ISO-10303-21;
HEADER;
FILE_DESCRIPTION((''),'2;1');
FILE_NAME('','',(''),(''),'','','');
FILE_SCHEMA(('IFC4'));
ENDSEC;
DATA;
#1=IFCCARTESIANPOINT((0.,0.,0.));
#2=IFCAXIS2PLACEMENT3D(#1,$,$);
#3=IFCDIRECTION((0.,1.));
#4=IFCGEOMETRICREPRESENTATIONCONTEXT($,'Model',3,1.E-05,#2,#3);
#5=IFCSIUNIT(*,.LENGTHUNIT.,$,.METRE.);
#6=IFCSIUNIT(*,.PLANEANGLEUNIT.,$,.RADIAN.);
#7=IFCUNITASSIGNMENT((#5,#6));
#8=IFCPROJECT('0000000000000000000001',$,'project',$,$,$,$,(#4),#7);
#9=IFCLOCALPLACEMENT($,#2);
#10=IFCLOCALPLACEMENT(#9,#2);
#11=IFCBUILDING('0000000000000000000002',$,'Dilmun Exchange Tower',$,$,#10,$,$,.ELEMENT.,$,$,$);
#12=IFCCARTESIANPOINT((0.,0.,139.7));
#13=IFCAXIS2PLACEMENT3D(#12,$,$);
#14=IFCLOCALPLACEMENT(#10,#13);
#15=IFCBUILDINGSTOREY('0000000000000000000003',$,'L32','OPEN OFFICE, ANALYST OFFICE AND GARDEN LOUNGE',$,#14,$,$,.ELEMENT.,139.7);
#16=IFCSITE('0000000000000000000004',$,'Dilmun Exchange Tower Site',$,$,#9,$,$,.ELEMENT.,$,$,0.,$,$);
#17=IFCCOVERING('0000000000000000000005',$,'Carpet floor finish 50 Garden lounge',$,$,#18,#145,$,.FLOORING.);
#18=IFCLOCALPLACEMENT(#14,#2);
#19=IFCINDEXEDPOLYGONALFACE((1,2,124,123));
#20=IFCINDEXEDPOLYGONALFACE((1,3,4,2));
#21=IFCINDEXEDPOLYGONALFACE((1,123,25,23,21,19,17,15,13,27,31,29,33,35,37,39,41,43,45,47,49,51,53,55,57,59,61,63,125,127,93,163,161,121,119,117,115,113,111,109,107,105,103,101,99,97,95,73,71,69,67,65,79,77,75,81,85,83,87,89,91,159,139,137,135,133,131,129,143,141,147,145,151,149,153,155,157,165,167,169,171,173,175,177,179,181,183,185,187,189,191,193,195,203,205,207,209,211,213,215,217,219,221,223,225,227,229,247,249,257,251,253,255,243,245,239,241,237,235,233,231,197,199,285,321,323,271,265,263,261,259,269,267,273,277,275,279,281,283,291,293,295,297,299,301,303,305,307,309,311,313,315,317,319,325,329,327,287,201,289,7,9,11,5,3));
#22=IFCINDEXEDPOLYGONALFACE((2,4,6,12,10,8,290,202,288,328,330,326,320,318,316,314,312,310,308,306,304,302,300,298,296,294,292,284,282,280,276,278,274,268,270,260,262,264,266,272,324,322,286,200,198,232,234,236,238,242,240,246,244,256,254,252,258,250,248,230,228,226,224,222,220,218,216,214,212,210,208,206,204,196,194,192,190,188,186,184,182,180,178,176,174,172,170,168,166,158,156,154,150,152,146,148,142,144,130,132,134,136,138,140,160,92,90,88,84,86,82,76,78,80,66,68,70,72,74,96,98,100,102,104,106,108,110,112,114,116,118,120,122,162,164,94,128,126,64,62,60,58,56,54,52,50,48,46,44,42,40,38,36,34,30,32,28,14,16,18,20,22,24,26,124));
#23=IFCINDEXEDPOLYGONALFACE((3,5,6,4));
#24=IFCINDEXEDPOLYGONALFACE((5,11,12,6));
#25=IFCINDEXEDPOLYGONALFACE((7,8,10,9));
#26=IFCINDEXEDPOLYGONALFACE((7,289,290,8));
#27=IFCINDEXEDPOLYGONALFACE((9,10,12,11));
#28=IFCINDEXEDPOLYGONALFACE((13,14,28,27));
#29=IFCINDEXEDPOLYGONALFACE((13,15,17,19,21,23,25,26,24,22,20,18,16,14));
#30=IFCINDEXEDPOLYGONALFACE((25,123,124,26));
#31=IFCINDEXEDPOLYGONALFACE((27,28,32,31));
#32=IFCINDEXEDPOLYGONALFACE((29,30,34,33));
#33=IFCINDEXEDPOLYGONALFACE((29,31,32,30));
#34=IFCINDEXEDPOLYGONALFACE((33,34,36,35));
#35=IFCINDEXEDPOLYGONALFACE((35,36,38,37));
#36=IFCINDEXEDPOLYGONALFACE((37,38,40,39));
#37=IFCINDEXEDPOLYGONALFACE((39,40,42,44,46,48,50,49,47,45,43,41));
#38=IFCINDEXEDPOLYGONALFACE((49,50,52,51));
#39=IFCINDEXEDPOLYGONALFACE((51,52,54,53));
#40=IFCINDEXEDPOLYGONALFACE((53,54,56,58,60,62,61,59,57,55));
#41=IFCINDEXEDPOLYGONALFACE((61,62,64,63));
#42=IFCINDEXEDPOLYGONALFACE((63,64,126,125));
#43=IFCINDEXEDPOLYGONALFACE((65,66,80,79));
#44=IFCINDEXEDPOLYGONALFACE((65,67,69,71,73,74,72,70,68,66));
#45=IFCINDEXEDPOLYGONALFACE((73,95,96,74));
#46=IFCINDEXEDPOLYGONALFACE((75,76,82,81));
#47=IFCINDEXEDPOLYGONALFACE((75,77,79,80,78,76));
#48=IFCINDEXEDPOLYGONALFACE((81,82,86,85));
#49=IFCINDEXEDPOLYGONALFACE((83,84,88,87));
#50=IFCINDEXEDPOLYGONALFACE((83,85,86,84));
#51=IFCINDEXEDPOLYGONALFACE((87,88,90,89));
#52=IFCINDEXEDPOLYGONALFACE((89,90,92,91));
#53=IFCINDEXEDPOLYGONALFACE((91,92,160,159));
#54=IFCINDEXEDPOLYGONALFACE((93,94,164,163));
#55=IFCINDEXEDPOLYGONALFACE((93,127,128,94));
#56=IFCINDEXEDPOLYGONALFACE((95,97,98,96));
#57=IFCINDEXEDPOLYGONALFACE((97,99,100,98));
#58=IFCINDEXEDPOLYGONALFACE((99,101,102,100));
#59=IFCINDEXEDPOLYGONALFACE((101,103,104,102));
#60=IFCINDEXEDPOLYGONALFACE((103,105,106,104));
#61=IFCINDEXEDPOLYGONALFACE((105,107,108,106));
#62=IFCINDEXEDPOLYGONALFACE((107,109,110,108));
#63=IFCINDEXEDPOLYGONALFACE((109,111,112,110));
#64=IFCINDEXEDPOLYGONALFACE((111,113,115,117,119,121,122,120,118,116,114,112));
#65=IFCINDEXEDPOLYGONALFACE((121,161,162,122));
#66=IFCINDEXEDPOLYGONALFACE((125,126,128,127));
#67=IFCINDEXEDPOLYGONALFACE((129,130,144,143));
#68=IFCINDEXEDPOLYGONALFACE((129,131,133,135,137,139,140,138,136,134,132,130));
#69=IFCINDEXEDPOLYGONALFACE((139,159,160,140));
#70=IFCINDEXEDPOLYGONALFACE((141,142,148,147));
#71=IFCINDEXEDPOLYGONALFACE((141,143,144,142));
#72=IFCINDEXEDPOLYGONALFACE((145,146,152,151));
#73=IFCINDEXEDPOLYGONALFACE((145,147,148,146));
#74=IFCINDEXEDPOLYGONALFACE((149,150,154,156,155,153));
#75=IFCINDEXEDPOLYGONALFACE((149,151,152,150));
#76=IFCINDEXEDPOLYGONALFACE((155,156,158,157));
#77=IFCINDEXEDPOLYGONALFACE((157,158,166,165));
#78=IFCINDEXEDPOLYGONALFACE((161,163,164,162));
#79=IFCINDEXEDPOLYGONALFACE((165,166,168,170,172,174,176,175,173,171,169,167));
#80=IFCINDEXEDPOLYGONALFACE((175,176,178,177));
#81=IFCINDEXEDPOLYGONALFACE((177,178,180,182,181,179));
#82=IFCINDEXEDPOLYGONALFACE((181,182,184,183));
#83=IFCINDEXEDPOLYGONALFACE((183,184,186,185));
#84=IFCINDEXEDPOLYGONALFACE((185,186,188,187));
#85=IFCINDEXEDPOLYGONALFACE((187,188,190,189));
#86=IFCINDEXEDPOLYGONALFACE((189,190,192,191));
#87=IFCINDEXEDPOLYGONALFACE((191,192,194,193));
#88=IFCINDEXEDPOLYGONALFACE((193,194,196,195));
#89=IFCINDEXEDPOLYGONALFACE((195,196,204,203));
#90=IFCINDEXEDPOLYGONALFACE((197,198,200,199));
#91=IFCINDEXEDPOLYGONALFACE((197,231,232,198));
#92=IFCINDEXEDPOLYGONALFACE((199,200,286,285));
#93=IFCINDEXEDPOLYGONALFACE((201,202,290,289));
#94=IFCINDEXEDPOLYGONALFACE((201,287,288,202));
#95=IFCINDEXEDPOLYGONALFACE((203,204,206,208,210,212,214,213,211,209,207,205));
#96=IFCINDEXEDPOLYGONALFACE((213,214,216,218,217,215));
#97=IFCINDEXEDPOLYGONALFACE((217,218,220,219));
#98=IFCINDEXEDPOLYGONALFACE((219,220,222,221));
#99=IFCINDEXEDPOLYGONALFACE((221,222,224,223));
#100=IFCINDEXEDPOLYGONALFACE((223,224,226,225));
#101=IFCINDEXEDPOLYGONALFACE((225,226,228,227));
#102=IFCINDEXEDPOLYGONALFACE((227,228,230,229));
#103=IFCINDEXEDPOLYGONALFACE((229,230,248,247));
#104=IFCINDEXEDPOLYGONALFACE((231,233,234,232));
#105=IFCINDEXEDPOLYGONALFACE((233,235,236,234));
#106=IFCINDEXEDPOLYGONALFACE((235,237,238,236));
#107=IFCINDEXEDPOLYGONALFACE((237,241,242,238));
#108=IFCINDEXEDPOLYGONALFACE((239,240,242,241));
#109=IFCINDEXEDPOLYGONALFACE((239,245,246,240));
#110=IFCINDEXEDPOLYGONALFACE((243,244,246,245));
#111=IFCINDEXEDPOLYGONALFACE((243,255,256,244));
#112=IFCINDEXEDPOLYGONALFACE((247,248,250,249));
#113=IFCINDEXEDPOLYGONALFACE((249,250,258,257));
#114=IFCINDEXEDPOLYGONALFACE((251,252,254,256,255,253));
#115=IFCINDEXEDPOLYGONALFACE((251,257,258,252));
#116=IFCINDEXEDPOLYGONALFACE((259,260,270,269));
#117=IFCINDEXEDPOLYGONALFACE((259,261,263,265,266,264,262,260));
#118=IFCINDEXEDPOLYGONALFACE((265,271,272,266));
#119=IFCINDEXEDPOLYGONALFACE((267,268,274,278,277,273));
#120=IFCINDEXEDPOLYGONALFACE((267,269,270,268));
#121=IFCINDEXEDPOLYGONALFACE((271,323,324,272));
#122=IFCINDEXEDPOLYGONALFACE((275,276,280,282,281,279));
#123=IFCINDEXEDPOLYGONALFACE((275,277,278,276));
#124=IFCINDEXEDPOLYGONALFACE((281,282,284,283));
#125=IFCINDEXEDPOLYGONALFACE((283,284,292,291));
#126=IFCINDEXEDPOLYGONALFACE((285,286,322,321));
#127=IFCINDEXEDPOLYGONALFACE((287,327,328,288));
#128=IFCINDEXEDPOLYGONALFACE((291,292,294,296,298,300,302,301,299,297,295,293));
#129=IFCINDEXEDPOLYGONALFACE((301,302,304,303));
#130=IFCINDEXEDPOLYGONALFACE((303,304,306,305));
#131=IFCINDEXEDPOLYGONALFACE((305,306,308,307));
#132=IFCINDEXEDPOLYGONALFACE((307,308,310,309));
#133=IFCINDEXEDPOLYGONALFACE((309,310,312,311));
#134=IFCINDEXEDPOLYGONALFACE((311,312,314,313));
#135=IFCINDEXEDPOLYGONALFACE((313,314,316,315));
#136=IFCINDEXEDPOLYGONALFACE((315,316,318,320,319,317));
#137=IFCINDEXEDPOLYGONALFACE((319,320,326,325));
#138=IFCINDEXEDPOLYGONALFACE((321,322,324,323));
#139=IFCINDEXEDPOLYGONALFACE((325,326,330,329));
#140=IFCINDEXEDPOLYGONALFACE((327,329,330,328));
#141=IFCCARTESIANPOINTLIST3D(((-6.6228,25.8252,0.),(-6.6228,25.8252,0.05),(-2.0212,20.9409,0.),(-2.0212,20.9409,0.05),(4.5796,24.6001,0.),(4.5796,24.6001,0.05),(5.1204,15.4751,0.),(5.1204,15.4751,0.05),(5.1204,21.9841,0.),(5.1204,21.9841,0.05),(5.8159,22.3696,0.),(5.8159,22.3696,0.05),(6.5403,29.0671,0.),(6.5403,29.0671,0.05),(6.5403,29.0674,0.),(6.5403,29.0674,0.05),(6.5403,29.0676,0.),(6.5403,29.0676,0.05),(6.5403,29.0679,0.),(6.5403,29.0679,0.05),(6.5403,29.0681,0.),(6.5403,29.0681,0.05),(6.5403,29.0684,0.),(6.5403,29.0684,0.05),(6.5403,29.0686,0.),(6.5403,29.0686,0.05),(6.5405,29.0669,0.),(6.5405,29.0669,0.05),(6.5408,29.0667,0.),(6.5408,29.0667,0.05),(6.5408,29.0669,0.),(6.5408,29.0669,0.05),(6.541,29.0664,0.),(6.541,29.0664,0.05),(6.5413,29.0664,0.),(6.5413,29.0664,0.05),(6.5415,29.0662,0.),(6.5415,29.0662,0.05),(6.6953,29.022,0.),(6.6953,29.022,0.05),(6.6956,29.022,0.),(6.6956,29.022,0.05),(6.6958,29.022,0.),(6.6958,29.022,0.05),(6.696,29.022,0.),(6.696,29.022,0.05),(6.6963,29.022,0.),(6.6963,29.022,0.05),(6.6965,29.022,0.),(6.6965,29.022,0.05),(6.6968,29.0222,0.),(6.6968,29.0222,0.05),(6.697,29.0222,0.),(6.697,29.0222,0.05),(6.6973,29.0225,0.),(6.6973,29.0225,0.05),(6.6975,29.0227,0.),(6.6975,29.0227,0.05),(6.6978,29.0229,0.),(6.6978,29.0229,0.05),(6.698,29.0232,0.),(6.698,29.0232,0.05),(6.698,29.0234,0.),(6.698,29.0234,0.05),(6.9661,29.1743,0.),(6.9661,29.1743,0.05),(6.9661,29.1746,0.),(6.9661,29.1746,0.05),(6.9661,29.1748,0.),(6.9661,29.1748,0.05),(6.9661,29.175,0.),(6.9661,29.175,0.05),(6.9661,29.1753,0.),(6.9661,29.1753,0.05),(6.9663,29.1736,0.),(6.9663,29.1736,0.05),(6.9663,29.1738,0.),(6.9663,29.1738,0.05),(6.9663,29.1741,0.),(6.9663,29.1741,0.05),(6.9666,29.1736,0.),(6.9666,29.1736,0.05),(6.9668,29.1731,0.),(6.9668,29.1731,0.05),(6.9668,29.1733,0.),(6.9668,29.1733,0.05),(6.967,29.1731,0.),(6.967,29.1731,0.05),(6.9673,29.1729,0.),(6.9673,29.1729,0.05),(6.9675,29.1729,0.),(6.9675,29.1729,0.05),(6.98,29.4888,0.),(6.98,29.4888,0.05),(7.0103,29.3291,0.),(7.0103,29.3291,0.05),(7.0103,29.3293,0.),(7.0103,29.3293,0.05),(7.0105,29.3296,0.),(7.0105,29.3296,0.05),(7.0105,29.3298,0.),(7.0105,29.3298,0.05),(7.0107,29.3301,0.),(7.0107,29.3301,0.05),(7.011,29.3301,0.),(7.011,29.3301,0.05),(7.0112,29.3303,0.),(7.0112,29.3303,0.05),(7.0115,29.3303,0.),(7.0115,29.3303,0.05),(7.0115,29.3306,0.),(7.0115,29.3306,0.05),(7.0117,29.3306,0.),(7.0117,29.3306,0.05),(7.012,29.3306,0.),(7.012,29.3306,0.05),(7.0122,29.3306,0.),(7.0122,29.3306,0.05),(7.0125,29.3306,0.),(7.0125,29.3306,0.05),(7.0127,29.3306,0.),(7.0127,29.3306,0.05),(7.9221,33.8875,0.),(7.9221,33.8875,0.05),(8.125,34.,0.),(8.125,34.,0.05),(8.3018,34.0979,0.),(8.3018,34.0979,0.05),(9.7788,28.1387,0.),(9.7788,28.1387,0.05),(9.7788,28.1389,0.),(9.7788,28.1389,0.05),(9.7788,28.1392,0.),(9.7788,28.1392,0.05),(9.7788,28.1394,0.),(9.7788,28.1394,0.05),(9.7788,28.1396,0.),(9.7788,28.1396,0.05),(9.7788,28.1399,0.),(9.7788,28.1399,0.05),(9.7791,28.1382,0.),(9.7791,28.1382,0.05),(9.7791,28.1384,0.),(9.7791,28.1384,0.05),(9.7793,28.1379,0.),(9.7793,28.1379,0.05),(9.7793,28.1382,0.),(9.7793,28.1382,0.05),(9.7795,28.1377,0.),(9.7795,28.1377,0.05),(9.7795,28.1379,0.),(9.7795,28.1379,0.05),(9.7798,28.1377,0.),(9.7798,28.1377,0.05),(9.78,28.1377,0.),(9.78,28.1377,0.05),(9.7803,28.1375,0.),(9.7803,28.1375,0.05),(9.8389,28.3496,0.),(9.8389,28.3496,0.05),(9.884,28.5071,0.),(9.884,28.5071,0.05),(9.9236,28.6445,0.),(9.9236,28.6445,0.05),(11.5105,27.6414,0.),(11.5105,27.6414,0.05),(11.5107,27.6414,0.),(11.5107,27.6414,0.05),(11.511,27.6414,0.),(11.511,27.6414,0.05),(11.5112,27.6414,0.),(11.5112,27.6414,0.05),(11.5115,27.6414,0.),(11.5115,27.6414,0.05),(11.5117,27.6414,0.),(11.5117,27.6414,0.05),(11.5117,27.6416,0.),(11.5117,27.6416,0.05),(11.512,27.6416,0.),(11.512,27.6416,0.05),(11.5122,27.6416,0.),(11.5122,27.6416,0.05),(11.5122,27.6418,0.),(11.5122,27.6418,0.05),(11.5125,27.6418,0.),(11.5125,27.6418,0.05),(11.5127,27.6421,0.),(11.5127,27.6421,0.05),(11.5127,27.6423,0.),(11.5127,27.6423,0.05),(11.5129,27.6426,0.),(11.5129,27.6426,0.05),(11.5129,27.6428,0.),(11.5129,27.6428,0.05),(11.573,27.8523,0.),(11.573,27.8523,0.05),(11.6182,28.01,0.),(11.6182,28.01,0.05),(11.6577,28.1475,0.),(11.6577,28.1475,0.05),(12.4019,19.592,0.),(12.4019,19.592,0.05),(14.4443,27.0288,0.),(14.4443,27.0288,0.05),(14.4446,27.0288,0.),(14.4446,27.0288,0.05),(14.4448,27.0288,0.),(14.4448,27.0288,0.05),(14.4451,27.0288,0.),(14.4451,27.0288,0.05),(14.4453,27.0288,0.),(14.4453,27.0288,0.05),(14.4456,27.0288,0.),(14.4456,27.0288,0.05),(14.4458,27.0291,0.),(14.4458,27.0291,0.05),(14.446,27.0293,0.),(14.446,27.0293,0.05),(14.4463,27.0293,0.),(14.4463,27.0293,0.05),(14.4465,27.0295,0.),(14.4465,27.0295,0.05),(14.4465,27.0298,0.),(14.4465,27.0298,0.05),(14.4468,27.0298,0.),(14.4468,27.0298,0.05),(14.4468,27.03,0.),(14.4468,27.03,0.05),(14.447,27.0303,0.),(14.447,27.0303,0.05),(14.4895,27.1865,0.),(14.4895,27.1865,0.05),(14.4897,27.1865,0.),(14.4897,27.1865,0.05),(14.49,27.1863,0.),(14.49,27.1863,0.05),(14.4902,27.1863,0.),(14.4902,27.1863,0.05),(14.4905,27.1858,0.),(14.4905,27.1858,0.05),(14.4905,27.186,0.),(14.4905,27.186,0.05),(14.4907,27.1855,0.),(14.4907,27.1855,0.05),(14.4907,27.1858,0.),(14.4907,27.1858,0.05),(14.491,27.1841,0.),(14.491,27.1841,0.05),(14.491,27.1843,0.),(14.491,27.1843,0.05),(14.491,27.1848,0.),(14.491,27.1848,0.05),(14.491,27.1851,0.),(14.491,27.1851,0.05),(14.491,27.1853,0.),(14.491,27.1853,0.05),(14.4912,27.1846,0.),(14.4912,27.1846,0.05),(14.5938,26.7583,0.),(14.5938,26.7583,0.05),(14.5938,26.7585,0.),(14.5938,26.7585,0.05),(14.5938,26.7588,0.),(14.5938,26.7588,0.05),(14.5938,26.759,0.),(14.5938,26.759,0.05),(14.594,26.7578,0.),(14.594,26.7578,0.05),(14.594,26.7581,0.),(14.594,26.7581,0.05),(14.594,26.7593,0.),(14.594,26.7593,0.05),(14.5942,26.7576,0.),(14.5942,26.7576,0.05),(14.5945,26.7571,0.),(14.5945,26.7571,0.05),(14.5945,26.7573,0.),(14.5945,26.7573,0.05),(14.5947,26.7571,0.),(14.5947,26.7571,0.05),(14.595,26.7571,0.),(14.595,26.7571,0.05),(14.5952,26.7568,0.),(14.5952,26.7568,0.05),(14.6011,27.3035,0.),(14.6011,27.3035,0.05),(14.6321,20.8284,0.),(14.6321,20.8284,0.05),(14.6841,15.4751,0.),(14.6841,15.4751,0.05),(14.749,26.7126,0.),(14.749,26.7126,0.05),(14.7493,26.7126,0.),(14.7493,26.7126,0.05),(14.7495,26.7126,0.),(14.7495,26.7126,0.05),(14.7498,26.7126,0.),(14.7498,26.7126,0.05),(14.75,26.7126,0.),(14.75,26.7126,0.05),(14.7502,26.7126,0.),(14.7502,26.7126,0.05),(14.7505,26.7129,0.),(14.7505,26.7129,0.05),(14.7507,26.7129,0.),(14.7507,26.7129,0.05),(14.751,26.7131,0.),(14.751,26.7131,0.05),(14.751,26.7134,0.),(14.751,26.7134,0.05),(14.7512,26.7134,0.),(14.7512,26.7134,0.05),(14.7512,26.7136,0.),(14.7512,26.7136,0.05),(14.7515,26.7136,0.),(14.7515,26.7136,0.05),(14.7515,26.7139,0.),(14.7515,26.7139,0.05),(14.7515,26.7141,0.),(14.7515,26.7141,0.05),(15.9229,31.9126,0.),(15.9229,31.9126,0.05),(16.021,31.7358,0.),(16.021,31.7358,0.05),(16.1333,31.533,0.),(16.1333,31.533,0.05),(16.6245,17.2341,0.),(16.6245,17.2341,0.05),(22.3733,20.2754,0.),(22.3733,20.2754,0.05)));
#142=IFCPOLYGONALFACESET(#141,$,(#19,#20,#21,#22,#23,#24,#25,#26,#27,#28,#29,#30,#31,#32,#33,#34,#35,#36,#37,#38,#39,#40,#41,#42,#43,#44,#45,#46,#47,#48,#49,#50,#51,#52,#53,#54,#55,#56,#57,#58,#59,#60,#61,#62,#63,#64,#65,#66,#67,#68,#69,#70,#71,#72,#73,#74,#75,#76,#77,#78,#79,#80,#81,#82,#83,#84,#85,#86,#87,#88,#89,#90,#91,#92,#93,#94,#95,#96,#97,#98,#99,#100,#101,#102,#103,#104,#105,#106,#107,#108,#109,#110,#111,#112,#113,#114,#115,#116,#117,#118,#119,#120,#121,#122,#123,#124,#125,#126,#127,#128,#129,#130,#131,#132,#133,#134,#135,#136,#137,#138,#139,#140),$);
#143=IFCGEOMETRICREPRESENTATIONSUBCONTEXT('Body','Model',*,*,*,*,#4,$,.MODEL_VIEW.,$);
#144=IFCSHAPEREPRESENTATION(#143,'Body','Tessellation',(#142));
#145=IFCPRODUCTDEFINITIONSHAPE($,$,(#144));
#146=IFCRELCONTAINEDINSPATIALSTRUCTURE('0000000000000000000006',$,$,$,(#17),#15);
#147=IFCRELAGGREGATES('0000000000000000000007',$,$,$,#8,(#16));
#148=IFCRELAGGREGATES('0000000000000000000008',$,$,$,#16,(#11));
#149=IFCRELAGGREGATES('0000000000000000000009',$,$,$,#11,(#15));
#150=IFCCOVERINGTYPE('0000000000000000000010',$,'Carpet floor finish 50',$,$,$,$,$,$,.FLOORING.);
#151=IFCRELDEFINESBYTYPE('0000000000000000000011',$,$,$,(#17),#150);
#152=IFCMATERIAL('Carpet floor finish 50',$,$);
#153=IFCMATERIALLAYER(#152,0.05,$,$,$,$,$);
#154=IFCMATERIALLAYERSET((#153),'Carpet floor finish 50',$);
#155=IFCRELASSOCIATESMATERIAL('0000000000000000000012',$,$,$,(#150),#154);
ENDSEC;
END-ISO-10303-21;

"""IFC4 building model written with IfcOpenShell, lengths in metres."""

from ifc_helpers import new_model, si_unit, direction, frame, origin, place, context, subcontext, project, spatial, polyline, outline, extrude, material, layer, layer_set, type_object, element, save


model = new_model("IFC4")

# Units and contexts
model_context = context("Model", 3, precision=1e-05, world=origin(), true_north=direction((0.0, 1.0)))
body_context = subcontext(model_context, "Body", "Model", "MODEL_VIEW")
ifc_project = project(units=[si_unit("LENGTHUNIT", "METRE"), si_unit("PLANEANGLEUNIT", "RADIAN")], contexts=[model_context])

# Site, building, storey
site_placement = place(None, origin())
site = spatial("IfcSite", under=ifc_project, at=site_placement, Name="Dilmun Exchange Tower Site", CompositionType="ELEMENT", RefElevation=0.0)
building_placement = place(site_placement, origin())
building = spatial("IfcBuilding", under=site, at=building_placement, Name="Dilmun Exchange Tower", CompositionType="ELEMENT")
storey_placement = place(building_placement, frame((0.0, 0.0, 139.7)))
storey = spatial("IfcBuildingStorey", under=building, at=storey_placement, Name="L32", Description="OPEN OFFICE, ANALYST OFFICE AND GARDEN LOUNGE", CompositionType="ELEMENT", Elevation=139.7)

# Covering
ifc_material_1 = material(Name="Carpet floor finish 50")
ifc_layer_1 = layer(ifc_material_1, 0.05)
ifc_layer_set_1 = layer_set([ifc_layer_1], Name="Carpet floor finish 50")
covering_type_1 = type_object("IfcCoveringType", Name="Carpet floor finish 50", PredefinedType="FLOORING", material=ifc_layer_set_1)
covering_1_placement = place(storey_placement, origin())
element("IfcCovering", 1, at=covering_1_placement, inside=storey, type_object=covering_type_1, Name="Carpet floor finish 50 Garden lounge", PredefinedType="FLOORING", context=body_context, shape_type="SweptSolid", body=[
    extrude(outline(polyline([(14.6321, 20.8284), (12.4019, 19.592), (14.6841, 15.4751), (5.1204, 15.4751), (5.1204, 21.9841), (5.8159, 22.3696), (4.5796, 24.6001), (-2.0212, 20.9409), (-6.6228, 25.8252), (7.9221, 33.8875), (6.5403, 29.0686), (6.5403, 29.0684), (6.5403, 29.0681), (6.5403, 29.0681), (6.5403, 29.0679), (6.5403, 29.0676), (6.5403, 29.0674), (6.5403, 29.0674), (6.5403, 29.0671), (6.5405, 29.0669), (6.5408, 29.0669), (6.5408, 29.0667), (6.541, 29.0664), (6.541, 29.0664), (6.5413, 29.0664), (6.5415, 29.0662), (6.5415, 29.0662), (6.6953, 29.022), (6.6956, 29.022), (6.6958, 29.022), (6.696, 29.022), (6.6963, 29.022), (6.6963, 29.022), (6.6965, 29.022), (6.6968, 29.0222), (6.697, 29.0222), (6.697, 29.0222), (6.6973, 29.0225), (6.6975, 29.0227), (6.6975, 29.0227), (6.6978, 29.0229), (6.6978, 29.0229), (6.698, 29.0232), (6.698, 29.0234), (8.125, 34.0), (8.3018, 34.0979), (6.98, 29.4888), (9.9236, 28.6445), (9.884, 28.5071), (7.0127, 29.3306), (7.0125, 29.3306), (7.0122, 29.3306), (7.0122, 29.3306), (7.012, 29.3306), (7.0117, 29.3306), (7.0115, 29.3306), (7.0115, 29.3303), (7.0112, 29.3303), (7.011, 29.3301), (7.011, 29.3301), (7.0107, 29.3301), (7.0105, 29.3298), (7.0105, 29.3296), (7.0105, 29.3296), (7.0103, 29.3293), (7.0103, 29.3291), (6.9661, 29.1753), (6.9661, 29.1753), (6.9661, 29.175), (6.9661, 29.1748), (6.9661, 29.1746), (6.9661, 29.1743), (6.9661, 29.1743), (6.9663, 29.1741), (6.9663, 29.1738), (6.9663, 29.1736), (6.9666, 29.1736), (6.9668, 29.1733), (6.9668, 29.1731), (6.967, 29.1731), (6.967, 29.1731), (6.9673, 29.1729), (6.9675, 29.1729), (9.8389, 28.3496), (9.7788, 28.1399), (9.7788, 28.1399), (9.7788, 28.1396), (9.7788, 28.1394), (9.7788, 28.1392), (9.7788, 28.1389), (9.7788, 28.1389), (9.7788, 28.1387), (9.7791, 28.1384), (9.7791, 28.1382), (9.7793, 28.1382), (9.7793, 28.1379), (9.7795, 28.1379), (9.7795, 28.1377), (9.7798, 28.1377), (9.78, 28.1377), (9.7803, 28.1375), (11.5105, 27.6414), (11.5107, 27.6414), (11.511, 27.6414), (11.511, 27.6414), (11.5112, 27.6414), (11.5115, 27.6414), (11.5117, 27.6414), (11.5117, 27.6416), (11.512, 27.6416), (11.5122, 27.6416), (11.5122, 27.6418), (11.5125, 27.6418), (11.5127, 27.6421), (11.5127, 27.6421), (11.5127, 27.6423), (11.5129, 27.6426), (11.5129, 27.6428), (11.573, 27.8523), (14.4443, 27.0288), (14.4446, 27.0288), (14.4448, 27.0288), (14.4451, 27.0288), (14.4453, 27.0288), (14.4453, 27.0288), (14.4456, 27.0288), (14.4458, 27.0291), (14.4458, 27.0291), (14.446, 27.0293), (14.4463, 27.0293), (14.4463, 27.0293), (14.4465, 27.0295), (14.4465, 27.0298), (14.4468, 27.0298), (14.4468, 27.03), (14.447, 27.0303), (14.491, 27.1841), (14.491, 27.1841), (14.491, 27.1843), (14.4912, 27.1846), (14.491, 27.1848), (14.491, 27.1851), (14.491, 27.1853), (14.491, 27.1853), (14.4907, 27.1855), (14.4907, 27.1858), (14.4905, 27.1858), (14.4905, 27.186), (14.4902, 27.1863), (14.49, 27.1863), (14.49, 27.1863), (14.4897, 27.1865), (14.4895, 27.1865), (11.6182, 28.01), (11.6577, 28.1475), (14.6011, 27.3035), (15.9229, 31.9126), (16.021, 31.7358), (14.594, 26.7593), (14.5938, 26.759), (14.5938, 26.7588), (14.5938, 26.7588), (14.5938, 26.7585), (14.5938, 26.7583), (14.594, 26.7581), (14.594, 26.7581), (14.594, 26.7578), (14.5942, 26.7576), (14.5942, 26.7576), (14.5945, 26.7573), (14.5945, 26.7571), (14.5947, 26.7571), (14.595, 26.7571), (14.5952, 26.7568), (14.5952, 26.7568), (14.749, 26.7126), (14.7493, 26.7126), (14.7495, 26.7126), (14.7495, 26.7126), (14.7498, 26.7126), (14.75, 26.7126), (14.7502, 26.7126), (14.7505, 26.7129), (14.7505, 26.7129), (14.7507, 26.7129), (14.751, 26.7131), (14.751, 26.7134), (14.7512, 26.7134), (14.7512, 26.7136), (14.7515, 26.7136), (14.7515, 26.7139), (14.7515, 26.7141), (16.1333, 31.533), (22.3733, 20.2754), (16.6245, 17.2341), (14.6321, 20.8284)])), origin(), (0.0, 0.0, 1.0), 0.05),
])

save(model, "model.ifc")
